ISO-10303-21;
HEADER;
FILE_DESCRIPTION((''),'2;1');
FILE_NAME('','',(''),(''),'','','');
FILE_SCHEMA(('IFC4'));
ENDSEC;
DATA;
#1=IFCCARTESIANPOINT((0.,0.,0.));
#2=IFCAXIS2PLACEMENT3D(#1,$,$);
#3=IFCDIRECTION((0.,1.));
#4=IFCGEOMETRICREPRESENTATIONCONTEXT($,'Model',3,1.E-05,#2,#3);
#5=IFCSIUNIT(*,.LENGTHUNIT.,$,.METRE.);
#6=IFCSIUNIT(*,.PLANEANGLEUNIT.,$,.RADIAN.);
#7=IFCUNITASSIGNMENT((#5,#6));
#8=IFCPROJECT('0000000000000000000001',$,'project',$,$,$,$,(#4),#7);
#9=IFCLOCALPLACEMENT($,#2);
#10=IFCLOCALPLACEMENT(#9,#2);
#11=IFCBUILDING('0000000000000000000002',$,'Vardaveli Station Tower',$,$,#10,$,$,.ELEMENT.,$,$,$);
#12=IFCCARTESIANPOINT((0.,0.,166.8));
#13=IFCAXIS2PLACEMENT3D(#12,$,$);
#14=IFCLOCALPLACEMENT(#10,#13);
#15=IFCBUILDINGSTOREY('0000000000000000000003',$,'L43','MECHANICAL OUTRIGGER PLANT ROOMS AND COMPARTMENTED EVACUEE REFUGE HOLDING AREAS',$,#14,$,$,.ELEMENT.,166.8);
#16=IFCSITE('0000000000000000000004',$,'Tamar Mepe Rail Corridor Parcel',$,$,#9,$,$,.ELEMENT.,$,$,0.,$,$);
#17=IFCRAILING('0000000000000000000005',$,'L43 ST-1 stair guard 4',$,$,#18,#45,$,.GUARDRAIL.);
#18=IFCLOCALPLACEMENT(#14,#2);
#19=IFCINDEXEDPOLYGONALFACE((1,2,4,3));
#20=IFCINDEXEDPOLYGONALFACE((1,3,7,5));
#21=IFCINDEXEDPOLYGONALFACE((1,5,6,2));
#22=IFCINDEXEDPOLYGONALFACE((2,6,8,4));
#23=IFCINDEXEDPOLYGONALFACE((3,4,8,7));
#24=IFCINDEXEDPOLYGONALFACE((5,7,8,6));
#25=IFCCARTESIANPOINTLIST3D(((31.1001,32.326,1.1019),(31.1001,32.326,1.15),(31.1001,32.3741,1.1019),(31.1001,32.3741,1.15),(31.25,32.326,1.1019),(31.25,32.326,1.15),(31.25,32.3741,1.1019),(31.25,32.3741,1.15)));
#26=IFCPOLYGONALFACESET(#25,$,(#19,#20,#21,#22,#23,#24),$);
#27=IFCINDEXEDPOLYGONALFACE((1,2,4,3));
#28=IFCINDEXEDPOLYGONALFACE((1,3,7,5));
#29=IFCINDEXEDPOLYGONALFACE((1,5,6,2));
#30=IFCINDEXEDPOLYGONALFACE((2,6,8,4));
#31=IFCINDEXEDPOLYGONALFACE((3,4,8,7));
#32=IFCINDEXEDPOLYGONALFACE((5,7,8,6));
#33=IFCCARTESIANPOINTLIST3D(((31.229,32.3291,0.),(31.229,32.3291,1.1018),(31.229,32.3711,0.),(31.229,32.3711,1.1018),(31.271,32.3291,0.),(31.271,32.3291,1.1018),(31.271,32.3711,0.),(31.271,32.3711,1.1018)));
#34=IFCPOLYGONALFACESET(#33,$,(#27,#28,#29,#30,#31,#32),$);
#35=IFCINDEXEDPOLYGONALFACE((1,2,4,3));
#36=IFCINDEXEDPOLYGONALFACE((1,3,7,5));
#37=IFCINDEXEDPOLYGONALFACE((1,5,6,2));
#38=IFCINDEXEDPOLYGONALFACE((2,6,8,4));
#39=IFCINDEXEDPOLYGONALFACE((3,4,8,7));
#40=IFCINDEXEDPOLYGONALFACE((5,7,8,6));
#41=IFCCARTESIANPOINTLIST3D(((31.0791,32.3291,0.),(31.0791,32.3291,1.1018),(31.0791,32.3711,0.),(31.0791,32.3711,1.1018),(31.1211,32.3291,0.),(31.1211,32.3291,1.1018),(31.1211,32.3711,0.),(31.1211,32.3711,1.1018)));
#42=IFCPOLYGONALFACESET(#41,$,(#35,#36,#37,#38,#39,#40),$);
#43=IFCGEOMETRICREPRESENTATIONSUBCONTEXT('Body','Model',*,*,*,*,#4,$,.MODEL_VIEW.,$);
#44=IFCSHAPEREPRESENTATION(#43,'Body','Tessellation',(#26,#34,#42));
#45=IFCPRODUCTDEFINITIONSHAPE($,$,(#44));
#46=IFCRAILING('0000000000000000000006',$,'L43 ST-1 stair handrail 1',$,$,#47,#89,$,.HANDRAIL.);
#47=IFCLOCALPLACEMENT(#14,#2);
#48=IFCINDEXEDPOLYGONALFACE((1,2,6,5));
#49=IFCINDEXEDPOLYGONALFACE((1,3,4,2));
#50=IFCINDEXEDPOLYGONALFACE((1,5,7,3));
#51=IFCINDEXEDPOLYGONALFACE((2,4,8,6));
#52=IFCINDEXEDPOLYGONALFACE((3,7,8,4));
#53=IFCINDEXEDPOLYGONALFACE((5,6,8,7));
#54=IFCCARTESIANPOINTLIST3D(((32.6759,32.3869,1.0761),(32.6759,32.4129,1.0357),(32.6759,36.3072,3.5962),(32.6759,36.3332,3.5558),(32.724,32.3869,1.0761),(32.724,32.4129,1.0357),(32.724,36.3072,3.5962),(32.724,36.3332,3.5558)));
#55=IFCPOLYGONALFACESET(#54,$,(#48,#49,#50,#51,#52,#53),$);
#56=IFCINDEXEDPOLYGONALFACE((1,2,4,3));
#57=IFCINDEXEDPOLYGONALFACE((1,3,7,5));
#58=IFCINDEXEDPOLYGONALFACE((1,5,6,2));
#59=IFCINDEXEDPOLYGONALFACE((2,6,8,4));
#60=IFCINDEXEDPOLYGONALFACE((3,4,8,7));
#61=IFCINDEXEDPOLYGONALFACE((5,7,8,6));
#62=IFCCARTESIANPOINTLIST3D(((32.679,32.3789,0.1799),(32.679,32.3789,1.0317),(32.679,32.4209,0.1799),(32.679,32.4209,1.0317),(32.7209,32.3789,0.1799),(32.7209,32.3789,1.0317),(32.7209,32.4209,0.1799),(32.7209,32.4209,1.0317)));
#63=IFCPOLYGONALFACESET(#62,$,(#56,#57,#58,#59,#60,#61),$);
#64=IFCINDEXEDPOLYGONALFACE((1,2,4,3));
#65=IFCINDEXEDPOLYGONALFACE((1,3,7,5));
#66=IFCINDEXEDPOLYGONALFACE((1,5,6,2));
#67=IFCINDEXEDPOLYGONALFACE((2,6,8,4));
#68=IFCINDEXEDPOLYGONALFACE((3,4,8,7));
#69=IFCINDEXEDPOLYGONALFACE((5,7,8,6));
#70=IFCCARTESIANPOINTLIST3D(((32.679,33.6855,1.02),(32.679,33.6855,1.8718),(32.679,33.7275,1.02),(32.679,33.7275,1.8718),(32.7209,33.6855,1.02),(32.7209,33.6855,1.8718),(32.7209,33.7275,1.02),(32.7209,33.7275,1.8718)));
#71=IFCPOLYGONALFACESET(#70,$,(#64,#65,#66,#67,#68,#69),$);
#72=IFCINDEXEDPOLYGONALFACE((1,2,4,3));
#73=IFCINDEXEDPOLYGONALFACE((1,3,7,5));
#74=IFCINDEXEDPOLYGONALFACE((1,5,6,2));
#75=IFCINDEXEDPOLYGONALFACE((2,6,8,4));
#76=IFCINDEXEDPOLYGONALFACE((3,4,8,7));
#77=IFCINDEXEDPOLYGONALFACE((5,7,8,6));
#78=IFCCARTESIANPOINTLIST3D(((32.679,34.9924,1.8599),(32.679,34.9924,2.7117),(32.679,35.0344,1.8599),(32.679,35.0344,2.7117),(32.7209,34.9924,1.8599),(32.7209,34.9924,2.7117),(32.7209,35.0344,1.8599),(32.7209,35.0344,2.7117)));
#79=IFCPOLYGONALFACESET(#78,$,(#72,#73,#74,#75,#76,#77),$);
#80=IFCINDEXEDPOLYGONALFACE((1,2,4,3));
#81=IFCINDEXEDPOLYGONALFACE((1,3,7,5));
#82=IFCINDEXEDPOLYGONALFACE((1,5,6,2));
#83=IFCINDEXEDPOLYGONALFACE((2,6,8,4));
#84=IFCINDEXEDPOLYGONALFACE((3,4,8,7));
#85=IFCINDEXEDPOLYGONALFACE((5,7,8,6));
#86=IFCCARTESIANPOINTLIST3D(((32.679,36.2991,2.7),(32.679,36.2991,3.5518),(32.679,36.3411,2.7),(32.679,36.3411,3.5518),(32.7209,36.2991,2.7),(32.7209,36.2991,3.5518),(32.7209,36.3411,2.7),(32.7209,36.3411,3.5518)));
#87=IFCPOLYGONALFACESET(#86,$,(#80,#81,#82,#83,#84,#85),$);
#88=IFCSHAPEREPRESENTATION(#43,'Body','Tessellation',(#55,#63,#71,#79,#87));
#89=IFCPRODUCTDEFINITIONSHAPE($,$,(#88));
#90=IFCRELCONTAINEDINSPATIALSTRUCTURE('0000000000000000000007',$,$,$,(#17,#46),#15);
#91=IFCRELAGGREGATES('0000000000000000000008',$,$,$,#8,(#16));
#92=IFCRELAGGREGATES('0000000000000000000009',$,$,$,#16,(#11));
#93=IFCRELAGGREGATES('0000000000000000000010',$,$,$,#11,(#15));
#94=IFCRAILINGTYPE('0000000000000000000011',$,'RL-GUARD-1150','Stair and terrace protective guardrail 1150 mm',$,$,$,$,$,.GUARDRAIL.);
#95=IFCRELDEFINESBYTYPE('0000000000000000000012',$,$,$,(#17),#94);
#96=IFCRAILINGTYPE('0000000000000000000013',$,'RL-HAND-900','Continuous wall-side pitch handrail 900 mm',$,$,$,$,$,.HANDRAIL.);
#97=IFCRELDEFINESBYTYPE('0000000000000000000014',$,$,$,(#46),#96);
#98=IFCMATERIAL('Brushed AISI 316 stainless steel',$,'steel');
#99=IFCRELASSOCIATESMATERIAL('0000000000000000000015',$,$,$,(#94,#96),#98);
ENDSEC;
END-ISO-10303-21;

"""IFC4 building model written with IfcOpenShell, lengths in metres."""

from ifc_helpers import new_model, si_unit, direction, frame, origin, origin_2d, place, context, subcontext, project, spatial, rectangle, extrude, source, transform, mapped, material, type_object, element, save


model = new_model("IFC4")

# Units and contexts
model_context = context("Model", 3, precision=1e-05, world=origin(), true_north=direction((0.0, 1.0)))
body_context = subcontext(model_context, "Body", "Model", "MODEL_VIEW")
ifc_project = project(units=[si_unit("LENGTHUNIT", "METRE"), si_unit("PLANEANGLEUNIT", "RADIAN")], contexts=[model_context])

# Site, building, storey
site_placement = place(None, origin())
site = spatial("IfcSite", under=ifc_project, at=site_placement, Name="Tamar Mepe Rail Corridor Parcel", CompositionType="ELEMENT", RefElevation=0.0)
building_placement = place(site_placement, origin())
building = spatial("IfcBuilding", under=site, at=building_placement, Name="Vardaveli Station Tower", CompositionType="ELEMENT")
storey_placement = place(building_placement, frame((0.0, 0.0, 166.8)))
storey = spatial("IfcBuildingStorey", under=building, at=storey_placement, Name="L43", Description="MECHANICAL OUTRIGGER PLANT ROOMS AND COMPARTMENTED EVACUEE REFUGE HOLDING AREAS", CompositionType="ELEMENT", Elevation=166.8)

# Railings
ifc_material_1 = material(Name="Brushed AISI 316 stainless steel", Category="steel")
railing_type_1 = type_object("IfcRailingType", Name="RL-GUARD-1150", Description="Stair and terrace protective guardrail 1150 mm", PredefinedType="GUARDRAIL", material=ifc_material_1)
shared_shape_1 = source(origin(), body_context, "Body", "SweptSolid", [
    extrude(rectangle(XDim=0.0481, YDim=0.0481, at=origin_2d()), frame((0.0, 0.0, 1.126), z_axis=(-1.0, 0.0, 0.0), x_axis=(0.0, -1.0, 0.0)), (0.0, 0.0, 1.0), 0.1499),
    extrude(rectangle(XDim=0.042, YDim=0.042, at=origin_2d()), origin(), (0.0, 0.0, 1.0), 1.1018),
    extrude(rectangle(XDim=0.042, YDim=0.042, at=origin_2d()), frame((-0.1499, 0.0, 0.0)), (0.0, 0.0, 1.0), 1.1018),
])
railing_1_placement = place(storey_placement, frame((31.25, 32.3501, 0.0)))
element("IfcRailing", 1, at=railing_1_placement, inside=storey, type_object=railing_type_1, Name="L43 ST-1 stair guard 4", PredefinedType="GUARDRAIL", context=body_context, shape_type="MappedRepresentation", body=[
    mapped(shared_shape_1, transform((0.0, 0.0, 0.0), scale=1.0)),
])
railing_type_2 = type_object("IfcRailingType", Name="RL-HAND-900", Description="Continuous wall-side pitch handrail 900 mm", PredefinedType="HANDRAIL", material=ifc_material_1)
shared_shape_2 = source(origin(), body_context, "Body", "SweptSolid", [
    extrude(rectangle(XDim=0.0481, YDim=0.0481, at=origin_2d()), frame((0.0, 0.0, 0.876), z_axis=(0.0, 0.841187, 0.540744), x_axis=(-1.0, 0.0, 0.0)), (0.0, 0.0, 1.0), 4.6604),
    extrude(rectangle(XDim=0.042, YDim=0.042, at=origin_2d()), origin(), (0.0, 0.0, 1.0), 0.8518),
    extrude(rectangle(XDim=0.042, YDim=0.042, at=origin_2d()), frame((0.0, 1.3066, 0.8401)), (0.0, 0.0, 1.0), 0.8518),
    extrude(rectangle(XDim=0.042, YDim=0.042, at=origin_2d()), frame((0.0, 2.6135, 1.6799)), (0.0, 0.0, 1.0), 0.8518),
    extrude(rectangle(XDim=0.042, YDim=0.042, at=origin_2d()), frame((0.0, 3.9202, 2.52)), (0.0, 0.0, 1.0), 0.8518),
])
railing_2_placement = place(storey_placement, frame((32.7, 32.3999, 0.1799)))
element("IfcRailing", 2, at=railing_2_placement, inside=storey, type_object=railing_type_2, Name="L43 ST-1 stair handrail 1", PredefinedType="HANDRAIL", context=body_context, shape_type="MappedRepresentation", body=[
    mapped(shared_shape_2, transform((0.0, 0.0, 0.0), scale=1.0)),
])

save(model, "model.ifc")
